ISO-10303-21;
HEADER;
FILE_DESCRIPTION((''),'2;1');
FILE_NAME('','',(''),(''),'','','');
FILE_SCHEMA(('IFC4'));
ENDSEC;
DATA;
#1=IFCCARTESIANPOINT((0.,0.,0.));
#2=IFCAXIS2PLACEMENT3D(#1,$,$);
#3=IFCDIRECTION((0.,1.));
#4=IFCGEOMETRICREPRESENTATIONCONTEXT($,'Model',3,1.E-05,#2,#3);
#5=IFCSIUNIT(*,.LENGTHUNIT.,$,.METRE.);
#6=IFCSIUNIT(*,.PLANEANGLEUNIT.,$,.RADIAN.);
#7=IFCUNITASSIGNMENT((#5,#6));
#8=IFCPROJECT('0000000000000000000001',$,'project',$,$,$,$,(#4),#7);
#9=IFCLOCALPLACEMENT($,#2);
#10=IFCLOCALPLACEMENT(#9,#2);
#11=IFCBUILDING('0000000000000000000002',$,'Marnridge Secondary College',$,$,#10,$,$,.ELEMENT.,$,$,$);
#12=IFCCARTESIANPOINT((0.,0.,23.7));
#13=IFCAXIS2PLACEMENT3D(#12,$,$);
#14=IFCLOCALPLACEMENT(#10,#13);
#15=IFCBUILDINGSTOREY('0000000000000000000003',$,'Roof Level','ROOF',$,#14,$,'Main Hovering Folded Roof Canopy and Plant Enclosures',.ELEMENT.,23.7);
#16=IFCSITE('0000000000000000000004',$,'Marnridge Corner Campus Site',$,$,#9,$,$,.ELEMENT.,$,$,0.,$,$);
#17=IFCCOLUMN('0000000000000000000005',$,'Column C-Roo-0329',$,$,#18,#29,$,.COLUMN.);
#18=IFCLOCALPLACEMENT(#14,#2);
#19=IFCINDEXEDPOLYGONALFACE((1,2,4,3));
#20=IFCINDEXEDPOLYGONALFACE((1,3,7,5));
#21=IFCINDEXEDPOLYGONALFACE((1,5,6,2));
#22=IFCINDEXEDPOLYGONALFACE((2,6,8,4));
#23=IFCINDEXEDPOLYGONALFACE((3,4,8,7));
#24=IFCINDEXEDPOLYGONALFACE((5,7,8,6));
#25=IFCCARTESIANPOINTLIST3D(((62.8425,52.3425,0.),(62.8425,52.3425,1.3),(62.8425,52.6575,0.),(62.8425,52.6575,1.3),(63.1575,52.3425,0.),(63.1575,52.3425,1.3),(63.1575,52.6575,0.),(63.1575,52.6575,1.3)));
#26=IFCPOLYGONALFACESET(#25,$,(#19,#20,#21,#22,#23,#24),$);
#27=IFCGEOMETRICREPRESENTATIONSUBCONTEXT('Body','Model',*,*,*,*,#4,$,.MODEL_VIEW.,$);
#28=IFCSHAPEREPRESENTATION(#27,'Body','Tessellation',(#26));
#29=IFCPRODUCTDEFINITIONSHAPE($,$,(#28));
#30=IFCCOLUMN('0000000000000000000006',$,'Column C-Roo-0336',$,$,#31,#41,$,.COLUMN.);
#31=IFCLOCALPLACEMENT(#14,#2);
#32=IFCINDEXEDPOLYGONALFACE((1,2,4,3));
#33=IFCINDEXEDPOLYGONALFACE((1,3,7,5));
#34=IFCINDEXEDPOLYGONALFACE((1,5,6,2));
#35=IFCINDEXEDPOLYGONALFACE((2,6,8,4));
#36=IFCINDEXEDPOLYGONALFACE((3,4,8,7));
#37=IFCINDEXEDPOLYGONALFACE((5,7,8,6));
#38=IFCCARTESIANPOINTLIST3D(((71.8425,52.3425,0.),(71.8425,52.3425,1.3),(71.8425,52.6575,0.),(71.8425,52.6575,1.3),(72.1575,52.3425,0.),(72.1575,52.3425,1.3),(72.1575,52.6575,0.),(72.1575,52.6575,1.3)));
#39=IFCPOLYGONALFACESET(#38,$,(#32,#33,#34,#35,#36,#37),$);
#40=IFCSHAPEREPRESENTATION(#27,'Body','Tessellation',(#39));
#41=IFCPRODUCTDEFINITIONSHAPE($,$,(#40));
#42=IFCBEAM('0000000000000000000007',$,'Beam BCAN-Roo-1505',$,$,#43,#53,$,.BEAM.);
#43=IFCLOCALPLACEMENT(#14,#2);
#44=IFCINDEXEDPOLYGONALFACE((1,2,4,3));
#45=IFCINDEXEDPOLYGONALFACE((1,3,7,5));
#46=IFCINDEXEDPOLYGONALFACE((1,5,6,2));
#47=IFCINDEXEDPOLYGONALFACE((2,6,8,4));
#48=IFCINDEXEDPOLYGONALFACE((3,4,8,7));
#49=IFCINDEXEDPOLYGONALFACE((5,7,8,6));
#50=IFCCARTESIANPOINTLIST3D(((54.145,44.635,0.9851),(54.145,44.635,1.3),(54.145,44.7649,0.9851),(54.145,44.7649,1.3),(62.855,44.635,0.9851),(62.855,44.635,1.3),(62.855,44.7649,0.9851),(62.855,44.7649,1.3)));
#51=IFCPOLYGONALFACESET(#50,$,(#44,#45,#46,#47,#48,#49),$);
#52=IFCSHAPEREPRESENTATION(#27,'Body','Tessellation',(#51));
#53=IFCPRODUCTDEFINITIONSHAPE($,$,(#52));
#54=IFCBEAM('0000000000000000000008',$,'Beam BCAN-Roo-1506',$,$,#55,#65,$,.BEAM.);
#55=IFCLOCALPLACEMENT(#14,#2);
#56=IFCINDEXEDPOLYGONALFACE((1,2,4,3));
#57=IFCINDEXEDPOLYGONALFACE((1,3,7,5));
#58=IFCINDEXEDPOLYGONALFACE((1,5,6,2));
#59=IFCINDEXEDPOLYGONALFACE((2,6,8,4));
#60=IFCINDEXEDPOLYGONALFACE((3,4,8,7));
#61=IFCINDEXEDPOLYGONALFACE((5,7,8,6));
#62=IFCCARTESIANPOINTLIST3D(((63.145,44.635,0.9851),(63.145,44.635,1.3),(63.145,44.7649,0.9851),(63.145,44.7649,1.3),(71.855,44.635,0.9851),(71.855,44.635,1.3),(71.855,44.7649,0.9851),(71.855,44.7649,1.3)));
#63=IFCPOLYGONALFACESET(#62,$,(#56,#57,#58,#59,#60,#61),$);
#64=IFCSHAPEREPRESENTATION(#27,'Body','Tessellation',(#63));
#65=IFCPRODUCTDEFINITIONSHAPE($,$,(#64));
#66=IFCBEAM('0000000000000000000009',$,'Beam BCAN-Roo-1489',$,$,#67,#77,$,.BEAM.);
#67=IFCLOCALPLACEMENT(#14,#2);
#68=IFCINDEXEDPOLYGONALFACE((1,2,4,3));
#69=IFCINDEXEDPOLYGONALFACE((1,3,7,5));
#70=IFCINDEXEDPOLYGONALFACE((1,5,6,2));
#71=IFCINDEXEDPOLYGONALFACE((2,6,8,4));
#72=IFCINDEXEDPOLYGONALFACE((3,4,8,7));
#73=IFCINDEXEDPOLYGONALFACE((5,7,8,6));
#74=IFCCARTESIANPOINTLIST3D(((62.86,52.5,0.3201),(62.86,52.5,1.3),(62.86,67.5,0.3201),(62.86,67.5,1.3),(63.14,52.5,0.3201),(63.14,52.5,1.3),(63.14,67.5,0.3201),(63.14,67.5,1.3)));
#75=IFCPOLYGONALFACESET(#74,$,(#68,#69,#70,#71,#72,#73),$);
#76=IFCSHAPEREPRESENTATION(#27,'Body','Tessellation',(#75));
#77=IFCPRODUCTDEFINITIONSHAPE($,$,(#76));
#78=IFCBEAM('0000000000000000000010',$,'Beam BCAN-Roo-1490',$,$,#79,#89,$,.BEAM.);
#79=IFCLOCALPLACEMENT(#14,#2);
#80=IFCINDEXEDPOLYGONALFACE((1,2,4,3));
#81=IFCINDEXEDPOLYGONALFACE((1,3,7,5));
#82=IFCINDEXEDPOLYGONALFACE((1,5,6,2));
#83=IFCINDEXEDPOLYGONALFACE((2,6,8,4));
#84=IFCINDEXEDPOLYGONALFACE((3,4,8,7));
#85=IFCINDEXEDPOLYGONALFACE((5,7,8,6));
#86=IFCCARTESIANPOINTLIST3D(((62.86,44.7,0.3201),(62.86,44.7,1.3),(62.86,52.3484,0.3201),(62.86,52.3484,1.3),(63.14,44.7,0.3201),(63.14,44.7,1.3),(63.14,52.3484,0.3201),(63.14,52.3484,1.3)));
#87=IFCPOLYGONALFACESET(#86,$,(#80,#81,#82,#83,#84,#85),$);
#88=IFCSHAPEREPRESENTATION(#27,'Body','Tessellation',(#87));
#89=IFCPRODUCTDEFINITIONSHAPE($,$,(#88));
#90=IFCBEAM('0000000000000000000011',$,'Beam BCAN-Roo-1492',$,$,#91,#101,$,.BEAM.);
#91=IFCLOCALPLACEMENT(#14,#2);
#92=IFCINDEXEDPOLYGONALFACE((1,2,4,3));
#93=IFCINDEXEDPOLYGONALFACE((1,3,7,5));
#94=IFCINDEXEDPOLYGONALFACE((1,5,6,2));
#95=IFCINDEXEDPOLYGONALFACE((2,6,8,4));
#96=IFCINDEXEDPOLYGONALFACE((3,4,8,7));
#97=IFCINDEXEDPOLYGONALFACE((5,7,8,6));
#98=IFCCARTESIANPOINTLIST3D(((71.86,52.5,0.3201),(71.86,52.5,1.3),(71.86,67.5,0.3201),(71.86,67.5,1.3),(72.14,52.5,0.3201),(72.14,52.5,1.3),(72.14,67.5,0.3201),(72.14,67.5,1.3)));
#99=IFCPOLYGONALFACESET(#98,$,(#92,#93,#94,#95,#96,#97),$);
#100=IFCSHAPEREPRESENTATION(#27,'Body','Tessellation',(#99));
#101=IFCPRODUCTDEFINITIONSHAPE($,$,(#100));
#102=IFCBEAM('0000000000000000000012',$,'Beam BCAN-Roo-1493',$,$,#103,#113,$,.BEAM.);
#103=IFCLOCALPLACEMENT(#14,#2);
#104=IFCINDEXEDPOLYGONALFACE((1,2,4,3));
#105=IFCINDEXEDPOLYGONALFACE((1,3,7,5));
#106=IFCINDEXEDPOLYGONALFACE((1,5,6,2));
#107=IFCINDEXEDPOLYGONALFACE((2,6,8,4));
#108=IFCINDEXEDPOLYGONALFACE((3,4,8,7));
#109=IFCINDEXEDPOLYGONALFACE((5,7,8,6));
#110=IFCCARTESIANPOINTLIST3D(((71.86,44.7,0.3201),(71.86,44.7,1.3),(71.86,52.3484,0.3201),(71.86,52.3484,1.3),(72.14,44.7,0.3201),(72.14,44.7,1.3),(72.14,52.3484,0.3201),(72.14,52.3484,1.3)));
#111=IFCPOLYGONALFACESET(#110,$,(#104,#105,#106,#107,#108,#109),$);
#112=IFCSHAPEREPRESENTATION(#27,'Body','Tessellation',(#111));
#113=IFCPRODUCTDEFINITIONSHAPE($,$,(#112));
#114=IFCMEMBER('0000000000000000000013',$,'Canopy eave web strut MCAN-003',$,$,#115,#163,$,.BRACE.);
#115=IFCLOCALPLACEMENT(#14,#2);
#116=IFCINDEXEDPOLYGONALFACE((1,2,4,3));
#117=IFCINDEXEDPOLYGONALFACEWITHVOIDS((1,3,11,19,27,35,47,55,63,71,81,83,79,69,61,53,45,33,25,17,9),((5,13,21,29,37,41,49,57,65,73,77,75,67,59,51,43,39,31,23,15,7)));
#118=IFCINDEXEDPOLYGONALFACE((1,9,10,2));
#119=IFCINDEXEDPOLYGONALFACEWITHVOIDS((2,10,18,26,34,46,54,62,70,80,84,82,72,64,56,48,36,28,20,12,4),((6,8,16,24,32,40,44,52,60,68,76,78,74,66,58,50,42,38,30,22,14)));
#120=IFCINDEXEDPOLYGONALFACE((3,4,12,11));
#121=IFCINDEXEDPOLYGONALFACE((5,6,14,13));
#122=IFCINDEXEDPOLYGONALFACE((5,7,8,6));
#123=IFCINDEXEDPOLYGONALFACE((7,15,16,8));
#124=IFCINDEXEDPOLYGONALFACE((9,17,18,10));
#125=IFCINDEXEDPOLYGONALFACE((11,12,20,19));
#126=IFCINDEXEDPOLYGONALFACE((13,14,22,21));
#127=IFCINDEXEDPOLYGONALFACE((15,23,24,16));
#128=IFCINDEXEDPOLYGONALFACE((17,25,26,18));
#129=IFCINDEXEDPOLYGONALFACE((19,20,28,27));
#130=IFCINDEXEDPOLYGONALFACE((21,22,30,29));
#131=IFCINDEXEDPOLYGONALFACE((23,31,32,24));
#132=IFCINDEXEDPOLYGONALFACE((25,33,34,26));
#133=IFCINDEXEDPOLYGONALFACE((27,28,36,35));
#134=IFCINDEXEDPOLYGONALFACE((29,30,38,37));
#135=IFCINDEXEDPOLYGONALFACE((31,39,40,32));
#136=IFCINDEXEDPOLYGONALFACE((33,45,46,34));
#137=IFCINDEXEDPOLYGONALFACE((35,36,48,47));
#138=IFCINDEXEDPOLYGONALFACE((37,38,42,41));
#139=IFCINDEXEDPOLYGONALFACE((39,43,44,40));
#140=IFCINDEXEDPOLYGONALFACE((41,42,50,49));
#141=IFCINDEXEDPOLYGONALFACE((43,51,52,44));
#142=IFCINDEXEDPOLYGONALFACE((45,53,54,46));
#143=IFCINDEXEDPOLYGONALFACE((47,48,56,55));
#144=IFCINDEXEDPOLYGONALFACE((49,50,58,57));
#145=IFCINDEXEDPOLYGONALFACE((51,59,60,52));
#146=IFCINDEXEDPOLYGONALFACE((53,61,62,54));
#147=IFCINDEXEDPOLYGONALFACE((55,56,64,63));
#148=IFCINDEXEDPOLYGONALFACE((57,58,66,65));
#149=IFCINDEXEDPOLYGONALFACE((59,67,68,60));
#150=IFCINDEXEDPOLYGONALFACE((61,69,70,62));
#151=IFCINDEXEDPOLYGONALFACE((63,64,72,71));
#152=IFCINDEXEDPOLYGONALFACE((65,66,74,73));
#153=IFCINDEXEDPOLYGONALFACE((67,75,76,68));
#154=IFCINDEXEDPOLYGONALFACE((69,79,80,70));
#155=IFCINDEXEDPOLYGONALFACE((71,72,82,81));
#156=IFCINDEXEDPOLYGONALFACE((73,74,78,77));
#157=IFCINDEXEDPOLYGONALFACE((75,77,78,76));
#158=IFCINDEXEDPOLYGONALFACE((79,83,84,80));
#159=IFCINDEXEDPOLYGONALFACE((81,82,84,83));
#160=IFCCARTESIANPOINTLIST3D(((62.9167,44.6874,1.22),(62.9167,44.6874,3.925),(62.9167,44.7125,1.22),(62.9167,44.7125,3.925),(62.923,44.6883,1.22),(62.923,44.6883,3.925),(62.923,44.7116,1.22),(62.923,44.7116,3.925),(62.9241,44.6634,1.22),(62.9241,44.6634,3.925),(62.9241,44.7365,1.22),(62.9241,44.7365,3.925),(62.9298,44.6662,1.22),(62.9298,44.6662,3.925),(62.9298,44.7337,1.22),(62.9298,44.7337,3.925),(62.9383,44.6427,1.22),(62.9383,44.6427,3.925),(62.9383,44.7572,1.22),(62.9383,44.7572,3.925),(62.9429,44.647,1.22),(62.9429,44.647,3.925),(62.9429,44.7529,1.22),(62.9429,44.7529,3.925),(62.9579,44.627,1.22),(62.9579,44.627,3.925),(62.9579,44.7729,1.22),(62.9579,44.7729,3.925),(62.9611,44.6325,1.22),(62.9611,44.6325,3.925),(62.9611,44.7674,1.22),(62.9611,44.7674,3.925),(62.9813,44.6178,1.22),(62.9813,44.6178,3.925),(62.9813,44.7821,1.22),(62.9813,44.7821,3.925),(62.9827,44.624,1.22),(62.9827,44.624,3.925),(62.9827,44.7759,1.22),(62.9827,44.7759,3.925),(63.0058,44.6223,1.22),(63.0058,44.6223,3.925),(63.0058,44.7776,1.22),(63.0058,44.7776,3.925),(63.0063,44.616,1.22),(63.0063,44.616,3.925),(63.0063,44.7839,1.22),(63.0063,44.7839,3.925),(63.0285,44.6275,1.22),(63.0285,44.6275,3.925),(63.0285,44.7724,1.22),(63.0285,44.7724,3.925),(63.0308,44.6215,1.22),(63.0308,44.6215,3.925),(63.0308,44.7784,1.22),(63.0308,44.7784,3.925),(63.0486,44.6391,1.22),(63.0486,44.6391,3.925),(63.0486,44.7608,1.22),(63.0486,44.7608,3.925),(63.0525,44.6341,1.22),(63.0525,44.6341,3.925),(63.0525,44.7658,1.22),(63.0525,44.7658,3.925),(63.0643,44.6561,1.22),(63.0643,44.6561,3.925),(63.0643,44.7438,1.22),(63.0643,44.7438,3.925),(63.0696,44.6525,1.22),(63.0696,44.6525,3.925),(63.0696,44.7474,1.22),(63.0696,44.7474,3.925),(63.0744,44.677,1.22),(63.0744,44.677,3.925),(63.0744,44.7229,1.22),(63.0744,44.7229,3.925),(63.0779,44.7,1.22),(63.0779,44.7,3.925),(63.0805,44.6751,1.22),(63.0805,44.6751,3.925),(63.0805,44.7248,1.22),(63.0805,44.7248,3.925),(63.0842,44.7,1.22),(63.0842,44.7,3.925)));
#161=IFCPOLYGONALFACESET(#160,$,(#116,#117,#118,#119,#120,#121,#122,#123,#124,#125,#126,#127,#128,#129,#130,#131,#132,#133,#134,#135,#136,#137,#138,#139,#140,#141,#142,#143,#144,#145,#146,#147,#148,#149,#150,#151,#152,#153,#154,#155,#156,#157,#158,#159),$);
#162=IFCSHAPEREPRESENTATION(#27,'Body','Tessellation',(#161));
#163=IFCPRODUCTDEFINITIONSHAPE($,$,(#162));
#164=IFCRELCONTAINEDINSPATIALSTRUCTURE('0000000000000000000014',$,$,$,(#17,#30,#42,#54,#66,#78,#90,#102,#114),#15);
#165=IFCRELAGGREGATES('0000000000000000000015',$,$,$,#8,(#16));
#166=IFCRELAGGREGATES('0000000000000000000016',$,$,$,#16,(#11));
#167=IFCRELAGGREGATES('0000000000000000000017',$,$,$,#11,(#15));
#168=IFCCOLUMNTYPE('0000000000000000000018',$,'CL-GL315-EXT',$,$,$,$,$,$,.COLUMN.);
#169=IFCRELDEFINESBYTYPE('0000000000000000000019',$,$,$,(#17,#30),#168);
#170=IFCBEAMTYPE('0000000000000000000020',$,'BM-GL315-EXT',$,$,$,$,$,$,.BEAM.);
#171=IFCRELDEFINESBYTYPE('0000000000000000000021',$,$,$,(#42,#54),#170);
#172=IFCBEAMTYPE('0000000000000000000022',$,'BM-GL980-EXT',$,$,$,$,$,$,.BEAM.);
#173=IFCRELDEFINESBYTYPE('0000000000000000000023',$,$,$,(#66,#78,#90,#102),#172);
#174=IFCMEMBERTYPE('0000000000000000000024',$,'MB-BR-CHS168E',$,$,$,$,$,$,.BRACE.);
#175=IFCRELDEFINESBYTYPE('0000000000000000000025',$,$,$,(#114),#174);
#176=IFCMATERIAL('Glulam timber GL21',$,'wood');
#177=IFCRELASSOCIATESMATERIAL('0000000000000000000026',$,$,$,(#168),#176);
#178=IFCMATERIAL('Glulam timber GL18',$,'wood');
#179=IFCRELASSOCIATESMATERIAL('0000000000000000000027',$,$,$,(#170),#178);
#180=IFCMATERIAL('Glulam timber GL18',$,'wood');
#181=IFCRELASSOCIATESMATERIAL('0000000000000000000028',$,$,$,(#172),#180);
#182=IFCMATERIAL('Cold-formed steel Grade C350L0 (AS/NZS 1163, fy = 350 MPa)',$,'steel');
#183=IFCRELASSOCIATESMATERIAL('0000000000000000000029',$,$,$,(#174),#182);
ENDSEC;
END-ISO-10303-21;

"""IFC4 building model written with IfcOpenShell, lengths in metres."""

from ifc_helpers import new_model, si_unit, direction, frame, origin, origin_2d, place, context, subcontext, project, spatial, rectangle, hollow_circle, extrude, material, material_profile, profile_set, type_object, element, save


model = new_model("IFC4")

# Units and contexts
model_context = context("Model", 3, precision=1e-05, world=origin(), true_north=direction((0.0, 1.0)))
body_context = subcontext(model_context, "Body", "Model", "MODEL_VIEW")
ifc_project = project(units=[si_unit("LENGTHUNIT", "METRE"), si_unit("PLANEANGLEUNIT", "RADIAN")], contexts=[model_context])

# Site, building, storey
site_placement = place(None, origin())
site = spatial("IfcSite", under=ifc_project, at=site_placement, Name="Marnridge Corner Campus Site", CompositionType="ELEMENT", RefElevation=0.0)
building_placement = place(site_placement, origin())
building = spatial("IfcBuilding", under=site, at=building_placement, Name="Marnridge Secondary College", CompositionType="ELEMENT")
storey_placement = place(building_placement, frame((0.0, 0.0, 23.7)))
storey = spatial("IfcBuildingStorey", under=building, at=storey_placement, Name="Roof Level", Description="ROOF", LongName="Main Hovering Folded Roof Canopy and Plant Enclosures", CompositionType="ELEMENT", Elevation=23.7)

# Columns
ifc_material_1 = material(Name="Glulam timber GL21", Category="wood")
ifc_material_profile_1 = material_profile(ifc_material_1, rectangle(XDim=0.3149, YDim=0.3149, at=origin_2d()), Name="GL21 315x315")
ifc_profile_set_1 = profile_set([ifc_material_profile_1], Name="Glulam timber GL21")
column_type = type_object("IfcColumnType", Name="CL-GL315-EXT", PredefinedType="COLUMN", material=ifc_profile_set_1)
for number, where, z_axis, x_axis, name in (
    (1, (63.0, 52.5, 0.0), (0.0, 0.0, 1.0), (1.0, 0.0, 0.0), "Column C-Roo-0329"),
    (2, (72.0, 52.5, 0.0), (0.0, 0.0, 1.0), (1.0, 0.0, 0.0), "Column C-Roo-0336"),
):
    element("IfcColumn", number, at=place(storey_placement, frame(where, z_axis=z_axis, x_axis=x_axis)), inside=storey, type_object=column_type, Name=name, PredefinedType="COLUMN", context=body_context, shape_type="SweptSolid", body=[
        extrude(rectangle(XDim=0.3149, YDim=0.3149, at=origin_2d()), origin(), (0.0, 0.0, 1.0), 1.3),
    ])

# Beams
ifc_material_2 = material(Name="Glulam timber GL18", Category="wood")
ifc_material_profile_2 = material_profile(ifc_material_2, rectangle(XDim=0.1299, YDim=0.3149, at=origin_2d()), Name="GL18 130x315")
ifc_profile_set_2 = profile_set([ifc_material_profile_2], Name="Glulam timber GL18")
beam_type_1 = type_object("IfcBeamType", Name="BM-GL315-EXT", PredefinedType="BEAM", material=ifc_profile_set_2)
for number, where, z_axis, x_axis, name in (
    (3, (54.145, 44.7, 1.1426), (1.0, 0.0, 0.0), (0.0, 1.0, 0.0), "Beam BCAN-Roo-1505"),
    (4, (63.145, 44.7, 1.1426), (1.0, 0.0, 0.0), (0.0, 1.0, 0.0), "Beam BCAN-Roo-1506"),
):
    element("IfcBeam", number, at=place(storey_placement, frame(where, z_axis=z_axis, x_axis=x_axis)), inside=storey, type_object=beam_type_1, Name=name, PredefinedType="BEAM", context=body_context, shape_type="SweptSolid", body=[
        extrude(rectangle(XDim=0.1299, YDim=0.3149, at=origin_2d()), origin(), (0.0, 0.0, 1.0), 8.71),
    ])
ifc_material_3 = material(Name="Glulam timber GL18", Category="wood")
ifc_material_profile_3 = material_profile(ifc_material_3, rectangle(XDim=0.28, YDim=0.98, at=origin_2d()), Name="GL18 280x980")
ifc_profile_set_3 = profile_set([ifc_material_profile_3], Name="Glulam timber GL18")
beam_type_2 = type_object("IfcBeamType", Name="BM-GL980-EXT", PredefinedType="BEAM", material=ifc_profile_set_3)
beam_1_placement = place(storey_placement, frame((63.0, 52.5, 0.8101), z_axis=(0.0, 1.0, 0.0), x_axis=(-1.0, 0.0, 0.0)))
element("IfcBeam", 5, at=beam_1_placement, inside=storey, type_object=beam_type_2, Name="Beam BCAN-Roo-1489", PredefinedType="BEAM", context=body_context, shape_type="SweptSolid", body=[
    extrude(rectangle(XDim=0.28, YDim=0.98, at=origin_2d()), origin(), (0.0, 0.0, 1.0), 15.0),
])
beam_2_placement = place(storey_placement, frame((63.0, 52.3484, 0.8101), z_axis=(0.0, -1.0, 0.0), x_axis=(1.0, 0.0, 0.0)))
element("IfcBeam", 6, at=beam_2_placement, inside=storey, type_object=beam_type_2, Name="Beam BCAN-Roo-1490", PredefinedType="BEAM", context=body_context, shape_type="SweptSolid", body=[
    extrude(rectangle(XDim=0.28, YDim=0.98, at=origin_2d()), origin(), (0.0, 0.0, 1.0), 7.6484),
])
beam_3_placement = place(storey_placement, frame((72.0, 52.5, 0.8101), z_axis=(0.0, 1.0, 0.0), x_axis=(-1.0, 0.0, 0.0)))
element("IfcBeam", 7, at=beam_3_placement, inside=storey, type_object=beam_type_2, Name="Beam BCAN-Roo-1492", PredefinedType="BEAM", context=body_context, shape_type="SweptSolid", body=[
    extrude(rectangle(XDim=0.28, YDim=0.98, at=origin_2d()), origin(), (0.0, 0.0, 1.0), 15.0),
])
beam_4_placement = place(storey_placement, frame((72.0, 52.3484, 0.8101), z_axis=(0.0, -1.0, 0.0), x_axis=(1.0, 0.0, 0.0)))
element("IfcBeam", 8, at=beam_4_placement, inside=storey, type_object=beam_type_2, Name="Beam BCAN-Roo-1493", PredefinedType="BEAM", context=body_context, shape_type="SweptSolid", body=[
    extrude(rectangle(XDim=0.28, YDim=0.98, at=origin_2d()), origin(), (0.0, 0.0, 1.0), 7.6484),
])

# Member
ifc_material_4 = material(Name="Cold-formed steel Grade C350L0 (AS/NZS 1163, fy = 350 MPa)", Category="steel")
ifc_material_profile_4 = material_profile(ifc_material_4, hollow_circle(Radius=0.0842, WallThickness=0.0063, at=origin_2d()), Name="168.3x6.4CHS")
ifc_profile_set_4 = profile_set([ifc_material_profile_4], Name="Cold-formed steel Grade C350L0 (AS/NZS 1163, fy = 350 MPa)")
member_type_1 = type_object("IfcMemberType", Name="MB-BR-CHS168E", PredefinedType="BRACE", material=ifc_profile_set_4)
for number, where, z_axis, x_axis, name in (
    (9, (63.0, 44.7, 1.22), (0.0, 0.0, 1.0), (1.0, 0.0, 0.0), "Canopy eave web strut MCAN-003"),
):
    element("IfcMember", number, at=place(storey_placement, frame(where, z_axis=z_axis, x_axis=x_axis)), inside=storey, type_object=member_type_1, Name=name, PredefinedType="BRACE", context=body_context, shape_type="SweptSolid", body=[
        extrude(hollow_circle(Radius=0.0842, WallThickness=0.0063, at=origin_2d()), origin(), (0.0, 0.0, 1.0), 2.7051),
    ])

save(model, "model.ifc")
